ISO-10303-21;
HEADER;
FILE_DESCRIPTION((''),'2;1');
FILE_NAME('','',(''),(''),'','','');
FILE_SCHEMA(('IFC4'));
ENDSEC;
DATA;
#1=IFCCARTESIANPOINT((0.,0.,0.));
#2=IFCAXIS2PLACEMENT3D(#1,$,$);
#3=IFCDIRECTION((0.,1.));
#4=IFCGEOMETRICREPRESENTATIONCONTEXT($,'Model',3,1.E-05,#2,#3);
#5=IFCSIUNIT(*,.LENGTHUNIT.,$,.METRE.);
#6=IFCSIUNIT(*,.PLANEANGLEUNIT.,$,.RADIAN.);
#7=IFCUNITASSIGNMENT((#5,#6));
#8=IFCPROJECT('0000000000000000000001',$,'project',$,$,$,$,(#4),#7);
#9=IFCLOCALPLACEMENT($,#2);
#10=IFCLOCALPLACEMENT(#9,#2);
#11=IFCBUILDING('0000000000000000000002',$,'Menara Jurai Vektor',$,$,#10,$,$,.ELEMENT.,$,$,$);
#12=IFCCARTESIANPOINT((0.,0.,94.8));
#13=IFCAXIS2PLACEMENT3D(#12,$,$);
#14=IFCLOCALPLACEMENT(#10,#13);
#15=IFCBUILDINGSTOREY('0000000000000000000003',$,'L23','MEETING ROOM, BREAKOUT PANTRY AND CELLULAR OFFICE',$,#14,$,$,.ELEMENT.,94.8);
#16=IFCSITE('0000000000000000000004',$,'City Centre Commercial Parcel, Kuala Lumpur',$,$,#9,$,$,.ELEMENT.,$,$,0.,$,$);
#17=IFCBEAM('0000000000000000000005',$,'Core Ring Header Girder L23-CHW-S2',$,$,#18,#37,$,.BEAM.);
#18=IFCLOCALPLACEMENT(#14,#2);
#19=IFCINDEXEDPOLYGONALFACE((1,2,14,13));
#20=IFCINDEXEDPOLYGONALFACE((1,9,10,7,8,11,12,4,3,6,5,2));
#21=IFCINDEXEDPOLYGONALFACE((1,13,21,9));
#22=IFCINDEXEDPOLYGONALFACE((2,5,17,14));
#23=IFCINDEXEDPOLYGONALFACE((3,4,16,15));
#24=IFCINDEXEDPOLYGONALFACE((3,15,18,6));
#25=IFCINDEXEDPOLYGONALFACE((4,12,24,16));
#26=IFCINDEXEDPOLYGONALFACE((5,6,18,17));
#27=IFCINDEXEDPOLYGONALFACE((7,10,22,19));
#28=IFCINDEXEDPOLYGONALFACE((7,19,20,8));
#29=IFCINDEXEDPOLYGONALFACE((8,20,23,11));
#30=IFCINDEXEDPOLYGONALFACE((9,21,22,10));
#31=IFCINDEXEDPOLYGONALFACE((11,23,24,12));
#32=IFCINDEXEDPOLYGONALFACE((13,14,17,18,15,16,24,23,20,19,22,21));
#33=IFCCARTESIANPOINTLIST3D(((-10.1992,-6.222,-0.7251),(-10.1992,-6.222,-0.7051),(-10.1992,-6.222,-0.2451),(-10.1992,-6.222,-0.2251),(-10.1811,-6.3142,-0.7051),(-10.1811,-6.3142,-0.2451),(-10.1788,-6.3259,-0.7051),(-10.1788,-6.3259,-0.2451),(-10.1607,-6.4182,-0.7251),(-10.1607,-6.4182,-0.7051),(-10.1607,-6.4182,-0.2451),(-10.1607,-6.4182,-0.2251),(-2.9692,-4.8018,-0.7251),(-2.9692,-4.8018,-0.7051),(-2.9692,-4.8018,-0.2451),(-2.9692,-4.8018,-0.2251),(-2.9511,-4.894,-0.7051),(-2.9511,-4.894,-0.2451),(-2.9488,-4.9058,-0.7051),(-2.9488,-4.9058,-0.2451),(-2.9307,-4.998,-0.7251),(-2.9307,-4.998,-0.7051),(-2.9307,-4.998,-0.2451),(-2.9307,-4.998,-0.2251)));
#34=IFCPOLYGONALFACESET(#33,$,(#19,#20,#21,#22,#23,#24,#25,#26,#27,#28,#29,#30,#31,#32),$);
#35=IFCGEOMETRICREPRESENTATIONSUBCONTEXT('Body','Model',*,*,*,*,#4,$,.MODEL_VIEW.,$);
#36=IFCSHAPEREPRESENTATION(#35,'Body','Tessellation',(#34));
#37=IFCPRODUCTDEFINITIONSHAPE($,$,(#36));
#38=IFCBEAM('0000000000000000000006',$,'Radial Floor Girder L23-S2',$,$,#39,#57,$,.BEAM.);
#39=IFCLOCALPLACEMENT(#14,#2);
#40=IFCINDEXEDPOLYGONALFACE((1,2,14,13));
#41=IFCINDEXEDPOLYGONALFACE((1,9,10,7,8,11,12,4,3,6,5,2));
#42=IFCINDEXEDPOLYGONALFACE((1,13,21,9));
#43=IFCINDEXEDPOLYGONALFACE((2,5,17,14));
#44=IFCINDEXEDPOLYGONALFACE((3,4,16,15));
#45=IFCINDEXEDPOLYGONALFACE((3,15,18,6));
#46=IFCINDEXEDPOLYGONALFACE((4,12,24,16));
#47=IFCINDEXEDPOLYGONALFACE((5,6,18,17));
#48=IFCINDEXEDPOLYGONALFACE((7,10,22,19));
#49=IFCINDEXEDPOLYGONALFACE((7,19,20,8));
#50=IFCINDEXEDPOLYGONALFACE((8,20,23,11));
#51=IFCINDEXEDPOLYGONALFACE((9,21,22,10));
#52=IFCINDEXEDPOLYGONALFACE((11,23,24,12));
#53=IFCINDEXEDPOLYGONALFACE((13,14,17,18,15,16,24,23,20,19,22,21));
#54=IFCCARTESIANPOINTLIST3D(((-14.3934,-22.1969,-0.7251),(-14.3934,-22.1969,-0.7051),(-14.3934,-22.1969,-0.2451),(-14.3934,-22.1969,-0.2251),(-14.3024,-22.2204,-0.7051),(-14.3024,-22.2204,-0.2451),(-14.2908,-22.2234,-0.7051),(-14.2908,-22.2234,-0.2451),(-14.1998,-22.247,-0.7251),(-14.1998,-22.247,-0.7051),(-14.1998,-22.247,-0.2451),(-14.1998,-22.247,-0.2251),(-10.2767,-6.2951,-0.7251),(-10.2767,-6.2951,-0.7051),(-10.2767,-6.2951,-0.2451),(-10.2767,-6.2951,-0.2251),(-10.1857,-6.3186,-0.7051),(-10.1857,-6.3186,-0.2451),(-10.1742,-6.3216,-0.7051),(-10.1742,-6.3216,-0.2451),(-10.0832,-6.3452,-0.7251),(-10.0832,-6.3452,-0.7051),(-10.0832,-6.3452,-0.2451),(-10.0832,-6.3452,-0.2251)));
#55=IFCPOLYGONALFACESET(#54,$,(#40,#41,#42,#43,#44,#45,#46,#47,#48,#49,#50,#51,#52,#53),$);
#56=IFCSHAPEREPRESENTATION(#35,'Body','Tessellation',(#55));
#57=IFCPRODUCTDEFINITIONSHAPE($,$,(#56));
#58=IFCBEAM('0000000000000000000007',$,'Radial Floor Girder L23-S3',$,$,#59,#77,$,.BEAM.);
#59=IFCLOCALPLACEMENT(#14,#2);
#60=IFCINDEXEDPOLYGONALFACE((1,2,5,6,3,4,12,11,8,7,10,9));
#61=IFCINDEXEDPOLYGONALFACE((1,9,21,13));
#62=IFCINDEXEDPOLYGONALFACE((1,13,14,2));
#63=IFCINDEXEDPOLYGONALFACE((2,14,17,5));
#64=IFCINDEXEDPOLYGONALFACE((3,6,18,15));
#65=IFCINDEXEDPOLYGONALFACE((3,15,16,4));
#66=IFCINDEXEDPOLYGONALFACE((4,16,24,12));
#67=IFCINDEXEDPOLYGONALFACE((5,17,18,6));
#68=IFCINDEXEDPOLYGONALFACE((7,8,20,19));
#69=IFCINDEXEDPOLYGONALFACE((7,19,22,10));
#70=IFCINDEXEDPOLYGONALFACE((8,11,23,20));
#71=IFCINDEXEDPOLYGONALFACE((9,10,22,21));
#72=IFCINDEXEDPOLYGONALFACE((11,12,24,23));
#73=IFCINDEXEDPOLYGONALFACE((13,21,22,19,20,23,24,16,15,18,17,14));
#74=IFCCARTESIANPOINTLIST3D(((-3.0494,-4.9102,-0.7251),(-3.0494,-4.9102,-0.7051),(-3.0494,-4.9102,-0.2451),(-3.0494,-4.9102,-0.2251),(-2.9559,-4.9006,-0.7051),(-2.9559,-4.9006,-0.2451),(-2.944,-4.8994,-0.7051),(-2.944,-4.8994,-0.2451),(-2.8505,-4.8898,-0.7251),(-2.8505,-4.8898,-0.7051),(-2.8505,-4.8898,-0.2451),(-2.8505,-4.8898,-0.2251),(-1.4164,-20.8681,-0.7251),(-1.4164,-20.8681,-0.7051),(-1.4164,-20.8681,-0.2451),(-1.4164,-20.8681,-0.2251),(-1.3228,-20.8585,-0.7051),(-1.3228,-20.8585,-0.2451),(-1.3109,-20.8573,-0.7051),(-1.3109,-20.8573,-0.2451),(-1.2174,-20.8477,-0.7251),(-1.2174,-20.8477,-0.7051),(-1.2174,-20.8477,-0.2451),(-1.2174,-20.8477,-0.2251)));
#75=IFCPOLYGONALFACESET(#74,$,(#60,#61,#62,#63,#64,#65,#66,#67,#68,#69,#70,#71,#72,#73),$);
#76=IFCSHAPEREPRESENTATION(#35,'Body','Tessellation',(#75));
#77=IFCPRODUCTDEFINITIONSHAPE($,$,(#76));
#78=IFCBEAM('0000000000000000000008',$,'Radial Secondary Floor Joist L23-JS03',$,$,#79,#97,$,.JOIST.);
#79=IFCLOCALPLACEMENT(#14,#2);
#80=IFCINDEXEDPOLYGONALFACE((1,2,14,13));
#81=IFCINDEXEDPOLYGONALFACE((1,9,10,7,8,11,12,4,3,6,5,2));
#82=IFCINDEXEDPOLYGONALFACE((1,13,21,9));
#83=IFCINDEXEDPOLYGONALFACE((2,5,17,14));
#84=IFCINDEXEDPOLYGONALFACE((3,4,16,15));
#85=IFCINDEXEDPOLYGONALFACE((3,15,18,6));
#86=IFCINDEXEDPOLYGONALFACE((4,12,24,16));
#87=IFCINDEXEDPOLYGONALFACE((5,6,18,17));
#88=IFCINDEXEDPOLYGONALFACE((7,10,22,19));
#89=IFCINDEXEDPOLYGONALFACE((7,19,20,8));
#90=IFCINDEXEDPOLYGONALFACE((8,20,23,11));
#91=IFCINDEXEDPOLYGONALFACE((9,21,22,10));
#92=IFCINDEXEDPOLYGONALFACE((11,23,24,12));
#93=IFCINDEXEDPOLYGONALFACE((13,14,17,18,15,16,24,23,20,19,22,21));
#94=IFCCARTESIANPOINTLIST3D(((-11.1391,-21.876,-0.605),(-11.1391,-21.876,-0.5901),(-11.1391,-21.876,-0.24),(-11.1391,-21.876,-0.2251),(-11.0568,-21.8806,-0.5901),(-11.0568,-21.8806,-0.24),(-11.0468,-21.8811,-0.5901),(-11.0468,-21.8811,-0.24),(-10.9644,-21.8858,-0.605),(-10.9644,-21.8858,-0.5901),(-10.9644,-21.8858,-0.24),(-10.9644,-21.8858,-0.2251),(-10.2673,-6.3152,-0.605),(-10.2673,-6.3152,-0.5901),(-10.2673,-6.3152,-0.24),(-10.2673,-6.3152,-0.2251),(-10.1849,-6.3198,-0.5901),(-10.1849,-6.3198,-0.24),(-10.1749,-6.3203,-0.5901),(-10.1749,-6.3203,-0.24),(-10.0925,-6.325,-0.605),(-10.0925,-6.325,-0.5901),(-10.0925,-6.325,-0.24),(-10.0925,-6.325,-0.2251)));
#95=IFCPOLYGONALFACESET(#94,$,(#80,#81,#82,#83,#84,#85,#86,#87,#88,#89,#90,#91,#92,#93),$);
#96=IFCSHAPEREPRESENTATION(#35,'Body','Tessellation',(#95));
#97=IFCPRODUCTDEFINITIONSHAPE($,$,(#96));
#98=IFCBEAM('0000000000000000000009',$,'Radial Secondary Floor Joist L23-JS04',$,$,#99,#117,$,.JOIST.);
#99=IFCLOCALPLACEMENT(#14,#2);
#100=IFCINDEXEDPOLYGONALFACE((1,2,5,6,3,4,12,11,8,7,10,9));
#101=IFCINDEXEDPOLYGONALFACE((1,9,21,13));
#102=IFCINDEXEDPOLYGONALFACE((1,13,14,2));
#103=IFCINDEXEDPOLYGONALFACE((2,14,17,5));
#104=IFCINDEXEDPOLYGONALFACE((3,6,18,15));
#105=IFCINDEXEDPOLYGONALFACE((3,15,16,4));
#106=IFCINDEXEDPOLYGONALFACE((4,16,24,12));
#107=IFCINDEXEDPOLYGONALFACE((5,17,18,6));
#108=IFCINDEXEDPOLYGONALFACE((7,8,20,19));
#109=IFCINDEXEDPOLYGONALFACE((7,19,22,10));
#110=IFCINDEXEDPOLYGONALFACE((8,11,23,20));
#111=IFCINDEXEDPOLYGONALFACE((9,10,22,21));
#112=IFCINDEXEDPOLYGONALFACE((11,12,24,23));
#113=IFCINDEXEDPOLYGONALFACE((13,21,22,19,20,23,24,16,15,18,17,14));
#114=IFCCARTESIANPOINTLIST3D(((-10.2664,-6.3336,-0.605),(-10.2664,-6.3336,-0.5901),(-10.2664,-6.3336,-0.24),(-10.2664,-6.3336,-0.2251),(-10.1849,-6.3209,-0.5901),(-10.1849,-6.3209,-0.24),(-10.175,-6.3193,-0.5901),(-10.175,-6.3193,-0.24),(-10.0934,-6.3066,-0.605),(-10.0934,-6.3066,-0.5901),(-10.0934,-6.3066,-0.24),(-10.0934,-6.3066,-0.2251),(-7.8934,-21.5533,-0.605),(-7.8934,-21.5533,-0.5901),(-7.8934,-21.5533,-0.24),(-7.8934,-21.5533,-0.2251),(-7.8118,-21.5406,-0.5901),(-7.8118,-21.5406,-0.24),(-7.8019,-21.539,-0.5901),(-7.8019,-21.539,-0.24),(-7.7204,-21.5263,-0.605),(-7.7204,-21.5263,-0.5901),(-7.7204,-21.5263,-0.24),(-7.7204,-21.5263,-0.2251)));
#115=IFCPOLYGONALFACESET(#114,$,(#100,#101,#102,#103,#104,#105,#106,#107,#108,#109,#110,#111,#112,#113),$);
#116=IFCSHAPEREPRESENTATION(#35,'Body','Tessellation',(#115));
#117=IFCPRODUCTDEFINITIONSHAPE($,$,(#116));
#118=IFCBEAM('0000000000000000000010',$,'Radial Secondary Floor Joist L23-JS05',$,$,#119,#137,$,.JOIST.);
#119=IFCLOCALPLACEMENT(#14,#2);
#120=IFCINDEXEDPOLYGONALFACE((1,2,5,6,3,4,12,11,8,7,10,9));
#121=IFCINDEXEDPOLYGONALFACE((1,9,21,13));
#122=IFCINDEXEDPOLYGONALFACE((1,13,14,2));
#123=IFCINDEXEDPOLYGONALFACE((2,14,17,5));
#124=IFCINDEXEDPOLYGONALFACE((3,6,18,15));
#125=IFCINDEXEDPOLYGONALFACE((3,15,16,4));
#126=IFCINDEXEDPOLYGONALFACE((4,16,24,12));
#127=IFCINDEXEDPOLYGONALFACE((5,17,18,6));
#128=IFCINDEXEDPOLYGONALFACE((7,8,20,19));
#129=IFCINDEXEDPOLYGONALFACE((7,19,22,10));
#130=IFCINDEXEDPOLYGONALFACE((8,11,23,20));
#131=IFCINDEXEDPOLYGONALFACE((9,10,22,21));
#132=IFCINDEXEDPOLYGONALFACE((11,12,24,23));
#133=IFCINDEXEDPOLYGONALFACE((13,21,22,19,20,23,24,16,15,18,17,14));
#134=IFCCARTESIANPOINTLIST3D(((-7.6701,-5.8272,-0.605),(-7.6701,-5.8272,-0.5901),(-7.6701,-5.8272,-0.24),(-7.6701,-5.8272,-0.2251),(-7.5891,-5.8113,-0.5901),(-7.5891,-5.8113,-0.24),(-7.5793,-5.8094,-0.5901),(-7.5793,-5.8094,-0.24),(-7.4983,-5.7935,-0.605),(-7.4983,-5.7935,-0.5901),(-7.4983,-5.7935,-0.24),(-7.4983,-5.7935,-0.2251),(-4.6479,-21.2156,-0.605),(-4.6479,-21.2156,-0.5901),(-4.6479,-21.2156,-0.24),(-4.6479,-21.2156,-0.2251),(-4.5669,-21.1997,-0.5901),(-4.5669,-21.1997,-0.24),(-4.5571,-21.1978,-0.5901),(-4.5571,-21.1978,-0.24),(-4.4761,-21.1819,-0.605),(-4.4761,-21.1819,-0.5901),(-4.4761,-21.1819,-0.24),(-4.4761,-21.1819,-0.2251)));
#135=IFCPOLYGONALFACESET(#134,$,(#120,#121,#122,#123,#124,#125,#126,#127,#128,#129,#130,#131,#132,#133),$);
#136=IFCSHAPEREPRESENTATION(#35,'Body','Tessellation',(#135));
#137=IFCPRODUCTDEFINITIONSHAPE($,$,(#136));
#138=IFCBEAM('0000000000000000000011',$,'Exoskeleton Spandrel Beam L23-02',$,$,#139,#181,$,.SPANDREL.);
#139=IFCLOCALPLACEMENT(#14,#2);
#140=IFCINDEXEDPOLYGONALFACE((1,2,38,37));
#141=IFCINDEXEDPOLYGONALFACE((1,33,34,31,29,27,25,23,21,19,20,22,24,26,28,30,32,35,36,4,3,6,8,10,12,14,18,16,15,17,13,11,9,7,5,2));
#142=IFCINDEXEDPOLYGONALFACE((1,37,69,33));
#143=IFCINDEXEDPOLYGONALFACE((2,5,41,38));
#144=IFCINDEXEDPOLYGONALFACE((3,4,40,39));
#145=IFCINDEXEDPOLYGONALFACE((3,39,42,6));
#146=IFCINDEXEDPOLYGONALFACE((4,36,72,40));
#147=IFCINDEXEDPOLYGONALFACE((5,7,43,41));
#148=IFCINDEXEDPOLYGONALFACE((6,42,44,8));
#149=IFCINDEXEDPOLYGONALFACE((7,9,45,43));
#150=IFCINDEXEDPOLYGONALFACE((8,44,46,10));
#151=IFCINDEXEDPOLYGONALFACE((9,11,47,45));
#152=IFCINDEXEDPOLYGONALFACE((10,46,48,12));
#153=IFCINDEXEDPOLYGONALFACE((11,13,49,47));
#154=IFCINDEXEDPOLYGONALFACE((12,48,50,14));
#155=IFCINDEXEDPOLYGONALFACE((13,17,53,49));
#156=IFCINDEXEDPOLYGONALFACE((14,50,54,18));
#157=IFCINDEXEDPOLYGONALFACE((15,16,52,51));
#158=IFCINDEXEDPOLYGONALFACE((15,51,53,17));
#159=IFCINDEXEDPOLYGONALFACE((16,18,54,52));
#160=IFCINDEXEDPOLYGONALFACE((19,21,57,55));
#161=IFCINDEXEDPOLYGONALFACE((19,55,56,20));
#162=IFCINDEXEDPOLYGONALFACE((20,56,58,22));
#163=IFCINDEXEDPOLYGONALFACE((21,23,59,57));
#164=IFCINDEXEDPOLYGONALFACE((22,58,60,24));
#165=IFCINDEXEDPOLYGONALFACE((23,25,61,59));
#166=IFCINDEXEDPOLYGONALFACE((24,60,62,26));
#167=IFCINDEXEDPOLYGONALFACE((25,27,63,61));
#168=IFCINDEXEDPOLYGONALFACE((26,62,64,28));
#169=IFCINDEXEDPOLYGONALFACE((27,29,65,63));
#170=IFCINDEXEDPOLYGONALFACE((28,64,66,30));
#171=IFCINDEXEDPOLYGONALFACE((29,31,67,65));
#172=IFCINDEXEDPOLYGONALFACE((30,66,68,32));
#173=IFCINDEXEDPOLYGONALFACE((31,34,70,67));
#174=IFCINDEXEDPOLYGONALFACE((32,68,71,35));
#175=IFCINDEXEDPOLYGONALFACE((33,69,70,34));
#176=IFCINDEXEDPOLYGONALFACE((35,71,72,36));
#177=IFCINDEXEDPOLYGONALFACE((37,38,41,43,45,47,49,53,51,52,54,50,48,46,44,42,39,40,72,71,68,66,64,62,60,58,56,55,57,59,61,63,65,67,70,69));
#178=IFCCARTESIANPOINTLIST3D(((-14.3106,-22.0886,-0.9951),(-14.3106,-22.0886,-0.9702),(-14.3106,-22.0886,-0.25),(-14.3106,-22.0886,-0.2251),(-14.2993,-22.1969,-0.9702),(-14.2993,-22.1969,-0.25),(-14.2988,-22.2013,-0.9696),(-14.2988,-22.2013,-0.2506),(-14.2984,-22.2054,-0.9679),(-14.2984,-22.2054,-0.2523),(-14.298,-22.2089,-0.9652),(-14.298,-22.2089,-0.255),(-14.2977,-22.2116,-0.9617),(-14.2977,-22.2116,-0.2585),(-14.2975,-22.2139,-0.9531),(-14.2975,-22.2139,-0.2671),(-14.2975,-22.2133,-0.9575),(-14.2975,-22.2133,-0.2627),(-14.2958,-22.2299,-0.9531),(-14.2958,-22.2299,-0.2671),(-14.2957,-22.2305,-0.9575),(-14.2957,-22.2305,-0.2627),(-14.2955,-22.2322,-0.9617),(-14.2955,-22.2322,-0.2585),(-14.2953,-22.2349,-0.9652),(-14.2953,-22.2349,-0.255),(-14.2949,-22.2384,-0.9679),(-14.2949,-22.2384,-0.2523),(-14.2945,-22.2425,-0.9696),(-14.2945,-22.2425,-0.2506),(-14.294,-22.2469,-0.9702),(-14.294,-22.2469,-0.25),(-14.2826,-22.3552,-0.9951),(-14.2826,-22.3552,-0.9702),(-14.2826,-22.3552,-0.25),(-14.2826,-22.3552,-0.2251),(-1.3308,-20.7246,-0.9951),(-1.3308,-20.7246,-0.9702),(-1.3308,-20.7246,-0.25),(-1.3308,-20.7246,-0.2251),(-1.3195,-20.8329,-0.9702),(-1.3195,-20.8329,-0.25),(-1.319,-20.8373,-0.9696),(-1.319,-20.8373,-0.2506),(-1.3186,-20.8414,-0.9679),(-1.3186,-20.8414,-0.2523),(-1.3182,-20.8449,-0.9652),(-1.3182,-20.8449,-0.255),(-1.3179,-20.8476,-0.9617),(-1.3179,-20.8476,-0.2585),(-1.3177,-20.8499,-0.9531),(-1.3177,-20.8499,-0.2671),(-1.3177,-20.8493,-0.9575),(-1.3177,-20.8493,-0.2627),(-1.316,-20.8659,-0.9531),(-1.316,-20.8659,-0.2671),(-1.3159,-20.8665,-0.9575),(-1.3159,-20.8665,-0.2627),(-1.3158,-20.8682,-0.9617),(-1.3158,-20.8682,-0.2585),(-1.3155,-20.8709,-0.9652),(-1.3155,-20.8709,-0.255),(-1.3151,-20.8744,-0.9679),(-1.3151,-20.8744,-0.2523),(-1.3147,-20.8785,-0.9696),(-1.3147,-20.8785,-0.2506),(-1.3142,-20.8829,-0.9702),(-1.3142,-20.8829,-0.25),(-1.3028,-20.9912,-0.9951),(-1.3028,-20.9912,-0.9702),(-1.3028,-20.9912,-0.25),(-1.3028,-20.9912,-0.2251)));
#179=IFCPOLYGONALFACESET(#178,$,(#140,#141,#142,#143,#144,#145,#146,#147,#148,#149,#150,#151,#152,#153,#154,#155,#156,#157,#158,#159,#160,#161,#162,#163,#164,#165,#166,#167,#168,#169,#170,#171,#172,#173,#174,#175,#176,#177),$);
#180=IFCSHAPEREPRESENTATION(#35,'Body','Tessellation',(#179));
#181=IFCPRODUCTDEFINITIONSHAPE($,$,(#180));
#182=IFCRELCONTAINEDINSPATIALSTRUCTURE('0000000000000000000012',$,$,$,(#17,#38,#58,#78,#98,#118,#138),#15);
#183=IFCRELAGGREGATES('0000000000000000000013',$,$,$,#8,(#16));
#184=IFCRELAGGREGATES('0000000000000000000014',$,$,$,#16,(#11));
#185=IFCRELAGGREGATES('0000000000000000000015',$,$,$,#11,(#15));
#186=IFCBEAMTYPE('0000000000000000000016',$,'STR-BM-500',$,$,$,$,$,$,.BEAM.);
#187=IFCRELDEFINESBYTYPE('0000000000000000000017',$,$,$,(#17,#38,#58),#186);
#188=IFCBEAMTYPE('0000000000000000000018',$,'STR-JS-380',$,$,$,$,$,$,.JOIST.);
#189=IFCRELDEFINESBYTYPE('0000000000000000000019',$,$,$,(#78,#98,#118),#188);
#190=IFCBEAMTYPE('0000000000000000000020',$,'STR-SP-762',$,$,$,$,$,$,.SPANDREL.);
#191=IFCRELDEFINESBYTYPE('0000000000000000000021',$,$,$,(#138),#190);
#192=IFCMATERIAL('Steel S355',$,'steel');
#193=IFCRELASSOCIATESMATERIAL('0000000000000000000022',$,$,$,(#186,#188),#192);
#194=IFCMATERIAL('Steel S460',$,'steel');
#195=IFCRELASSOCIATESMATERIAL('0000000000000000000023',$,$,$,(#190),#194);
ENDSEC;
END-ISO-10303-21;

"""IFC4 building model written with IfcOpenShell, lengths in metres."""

from ifc_helpers import new_model, si_unit, direction, frame, origin, origin_2d, place, context, subcontext, project, spatial, i_section, extrude, material, material_profile, profile_set, type_object, element, save


model = new_model("IFC4")

# Units and contexts
model_context = context("Model", 3, precision=1e-05, world=origin(), true_north=direction((0.0, 1.0)))
body_context = subcontext(model_context, "Body", "Model", "MODEL_VIEW")
ifc_project = project(units=[si_unit("LENGTHUNIT", "METRE"), si_unit("PLANEANGLEUNIT", "RADIAN")], contexts=[model_context])

# Site, building, storey
site_placement = place(None, origin())
site = spatial("IfcSite", under=ifc_project, at=site_placement, Name="City Centre Commercial Parcel, Kuala Lumpur", CompositionType="ELEMENT", RefElevation=0.0)
building_placement = place(site_placement, origin())
building = spatial("IfcBuilding", under=site, at=building_placement, Name="Menara Jurai Vektor", CompositionType="ELEMENT")
storey_placement = place(building_placement, frame((0.0, 0.0, 94.8)))
storey = spatial("IfcBuildingStorey", under=building, at=storey_placement, Name="L23", Description="MEETING ROOM, BREAKOUT PANTRY AND CELLULAR OFFICE", CompositionType="ELEMENT", Elevation=94.8)

# Shared definitions
ifc_material_1 = material(Name="Steel S460", Category="steel")

# Beams
ifc_material_2 = material(Name="Steel S355", Category="steel")
ifc_material_profile_1 = material_profile(ifc_material_2, i_section(OverallWidth=0.2, OverallDepth=0.5, WebThickness=0.012, FlangeThickness=0.02, at=origin_2d()), Name="PG 500x200x96")
ifc_profile_set_1 = profile_set([ifc_material_profile_1], Name="Steel S355")
beam_type_1 = type_object("IfcBeamType", Name="STR-BM-500", PredefinedType="BEAM", material=ifc_profile_set_1)
beam_1_placement = place(storey_placement, frame((-10.1799, -6.3201, -0.4751), z_axis=(0.981249, 0.192744, 0.0), x_axis=(-0.192744, 0.981249, 0.0)))
element("IfcBeam", 1, at=beam_1_placement, inside=storey, type_object=beam_type_1, Name="Core Ring Header Girder L23-CHW-S2", PredefinedType="BEAM", context=body_context, shape_type="SweptSolid", body=[
    extrude(i_section(OverallWidth=0.2, OverallDepth=0.5, WebThickness=0.012, FlangeThickness=0.02, at=origin_2d()), origin(), (0.0, 0.0, 1.0), 7.3682),
])
beam_2_placement = place(storey_placement, frame((-14.2966, -22.2219, -0.4751), z_axis=(0.25062, 0.968086, 0.0), x_axis=(-0.968086, 0.25062, 0.0)))
element("IfcBeam", 2, at=beam_2_placement, inside=storey, type_object=beam_type_1, Name="Radial Floor Girder L23-S2", PredefinedType="BEAM", context=body_context, shape_type="SweptSolid", body=[
    extrude(i_section(OverallWidth=0.2, OverallDepth=0.5, WebThickness=0.012, FlangeThickness=0.02, at=origin_2d()), origin(), (0.0, 0.0, 1.0), 16.426),
])
beam_3_placement = place(storey_placement, frame((-1.3169, -20.8579, -0.4751), z_axis=(-0.101803, 0.994805, 0.0), x_axis=(-0.994805, -0.101803, 0.0)))
element("IfcBeam", 3, at=beam_3_placement, inside=storey, type_object=beam_type_1, Name="Radial Floor Girder L23-S3", PredefinedType="BEAM", context=body_context, shape_type="SweptSolid", body=[
    extrude(i_section(OverallWidth=0.2, OverallDepth=0.5, WebThickness=0.012, FlangeThickness=0.02, at=origin_2d()), origin(), (0.0, 0.0, 1.0), 16.0413),
])
ifc_material_profile_2 = material_profile(ifc_material_2, i_section(OverallWidth=0.175, OverallDepth=0.3799, WebThickness=0.01, FlangeThickness=0.0149, at=origin_2d()), Name="PG 380x175x58")
ifc_profile_set_2 = profile_set([ifc_material_profile_2], Name="Steel S355")
beam_type_2 = type_object("IfcBeamType", Name="STR-JS-380", PredefinedType="JOIST", material=ifc_profile_set_2)
beam_4_placement = place(storey_placement, frame((-11.0518, -21.8809, -0.415), z_axis=(0.055939, 0.998434, 0.0), x_axis=(-0.998434, 0.055939, 0.0)))
element("IfcBeam", 4, at=beam_4_placement, inside=storey, type_object=beam_type_2, Name="Radial Secondary Floor Joist L23-JS03", PredefinedType="JOIST", context=body_context, shape_type="SweptSolid", body=[
    extrude(i_section(OverallWidth=0.175, OverallDepth=0.3799, WebThickness=0.01, FlangeThickness=0.0149, at=origin_2d()), origin(), (0.0, 0.0, 1.0), 15.5852),
])
beam_5_placement = place(storey_placement, frame((-7.8069, -21.5398, -0.415), z_axis=(-0.154058, 0.988062, 0.0), x_axis=(-0.988062, -0.154058, 0.0)))
element("IfcBeam", 5, at=beam_5_placement, inside=storey, type_object=beam_type_2, Name="Radial Secondary Floor Joist L23-JS04", PredefinedType="JOIST", context=body_context, shape_type="SweptSolid", body=[
    extrude(i_section(OverallWidth=0.175, OverallDepth=0.3799, WebThickness=0.01, FlangeThickness=0.0149, at=origin_2d()), origin(), (0.0, 0.0, 1.0), 15.4036),
])
beam_6_placement = place(storey_placement, frame((-4.562, -21.1987, -0.415), z_axis=(-0.192714, 0.981255, 0.0), x_axis=(-0.981255, -0.192714, 0.0)))
element("IfcBeam", 6, at=beam_6_placement, inside=storey, type_object=beam_type_2, Name="Radial Secondary Floor Joist L23-JS05", PredefinedType="JOIST", context=body_context, shape_type="SweptSolid", body=[
    extrude(i_section(OverallWidth=0.175, OverallDepth=0.3799, WebThickness=0.01, FlangeThickness=0.0149, at=origin_2d()), origin(), (0.0, 0.0, 1.0), 15.6824),
])
ifc_material_profile_3 = material_profile(ifc_material_1, i_section(OverallWidth=0.2681, OverallDepth=0.77, WebThickness=0.0161, FlangeThickness=0.0249, FilletRadius=0.0171, at=origin_2d()), Name="UKB 762x267x197")
ifc_profile_set_3 = profile_set([ifc_material_profile_3], Name="Steel S460")
beam_type_3 = type_object("IfcBeamType", Name="STR-SP-762", PredefinedType="SPANDREL", material=ifc_profile_set_3)
beam_7_placement = place(storey_placement, frame((-14.2966, -22.2219, -0.6101), z_axis=(0.994524, 0.104512, 0.0), x_axis=(-0.104512, 0.994524, 0.0)))
element("IfcBeam", 7, at=beam_7_placement, inside=storey, type_object=beam_type_3, Name="Exoskeleton Spandrel Beam L23-02", PredefinedType="SPANDREL", context=body_context, shape_type="SweptSolid", body=[
    extrude(i_section(OverallWidth=0.2681, OverallDepth=0.77, WebThickness=0.0161, FlangeThickness=0.0249, FilletRadius=0.0171, at=origin_2d()), origin(), (0.0, 0.0, 1.0), 13.0513),
])

save(model, "model.ifc")
